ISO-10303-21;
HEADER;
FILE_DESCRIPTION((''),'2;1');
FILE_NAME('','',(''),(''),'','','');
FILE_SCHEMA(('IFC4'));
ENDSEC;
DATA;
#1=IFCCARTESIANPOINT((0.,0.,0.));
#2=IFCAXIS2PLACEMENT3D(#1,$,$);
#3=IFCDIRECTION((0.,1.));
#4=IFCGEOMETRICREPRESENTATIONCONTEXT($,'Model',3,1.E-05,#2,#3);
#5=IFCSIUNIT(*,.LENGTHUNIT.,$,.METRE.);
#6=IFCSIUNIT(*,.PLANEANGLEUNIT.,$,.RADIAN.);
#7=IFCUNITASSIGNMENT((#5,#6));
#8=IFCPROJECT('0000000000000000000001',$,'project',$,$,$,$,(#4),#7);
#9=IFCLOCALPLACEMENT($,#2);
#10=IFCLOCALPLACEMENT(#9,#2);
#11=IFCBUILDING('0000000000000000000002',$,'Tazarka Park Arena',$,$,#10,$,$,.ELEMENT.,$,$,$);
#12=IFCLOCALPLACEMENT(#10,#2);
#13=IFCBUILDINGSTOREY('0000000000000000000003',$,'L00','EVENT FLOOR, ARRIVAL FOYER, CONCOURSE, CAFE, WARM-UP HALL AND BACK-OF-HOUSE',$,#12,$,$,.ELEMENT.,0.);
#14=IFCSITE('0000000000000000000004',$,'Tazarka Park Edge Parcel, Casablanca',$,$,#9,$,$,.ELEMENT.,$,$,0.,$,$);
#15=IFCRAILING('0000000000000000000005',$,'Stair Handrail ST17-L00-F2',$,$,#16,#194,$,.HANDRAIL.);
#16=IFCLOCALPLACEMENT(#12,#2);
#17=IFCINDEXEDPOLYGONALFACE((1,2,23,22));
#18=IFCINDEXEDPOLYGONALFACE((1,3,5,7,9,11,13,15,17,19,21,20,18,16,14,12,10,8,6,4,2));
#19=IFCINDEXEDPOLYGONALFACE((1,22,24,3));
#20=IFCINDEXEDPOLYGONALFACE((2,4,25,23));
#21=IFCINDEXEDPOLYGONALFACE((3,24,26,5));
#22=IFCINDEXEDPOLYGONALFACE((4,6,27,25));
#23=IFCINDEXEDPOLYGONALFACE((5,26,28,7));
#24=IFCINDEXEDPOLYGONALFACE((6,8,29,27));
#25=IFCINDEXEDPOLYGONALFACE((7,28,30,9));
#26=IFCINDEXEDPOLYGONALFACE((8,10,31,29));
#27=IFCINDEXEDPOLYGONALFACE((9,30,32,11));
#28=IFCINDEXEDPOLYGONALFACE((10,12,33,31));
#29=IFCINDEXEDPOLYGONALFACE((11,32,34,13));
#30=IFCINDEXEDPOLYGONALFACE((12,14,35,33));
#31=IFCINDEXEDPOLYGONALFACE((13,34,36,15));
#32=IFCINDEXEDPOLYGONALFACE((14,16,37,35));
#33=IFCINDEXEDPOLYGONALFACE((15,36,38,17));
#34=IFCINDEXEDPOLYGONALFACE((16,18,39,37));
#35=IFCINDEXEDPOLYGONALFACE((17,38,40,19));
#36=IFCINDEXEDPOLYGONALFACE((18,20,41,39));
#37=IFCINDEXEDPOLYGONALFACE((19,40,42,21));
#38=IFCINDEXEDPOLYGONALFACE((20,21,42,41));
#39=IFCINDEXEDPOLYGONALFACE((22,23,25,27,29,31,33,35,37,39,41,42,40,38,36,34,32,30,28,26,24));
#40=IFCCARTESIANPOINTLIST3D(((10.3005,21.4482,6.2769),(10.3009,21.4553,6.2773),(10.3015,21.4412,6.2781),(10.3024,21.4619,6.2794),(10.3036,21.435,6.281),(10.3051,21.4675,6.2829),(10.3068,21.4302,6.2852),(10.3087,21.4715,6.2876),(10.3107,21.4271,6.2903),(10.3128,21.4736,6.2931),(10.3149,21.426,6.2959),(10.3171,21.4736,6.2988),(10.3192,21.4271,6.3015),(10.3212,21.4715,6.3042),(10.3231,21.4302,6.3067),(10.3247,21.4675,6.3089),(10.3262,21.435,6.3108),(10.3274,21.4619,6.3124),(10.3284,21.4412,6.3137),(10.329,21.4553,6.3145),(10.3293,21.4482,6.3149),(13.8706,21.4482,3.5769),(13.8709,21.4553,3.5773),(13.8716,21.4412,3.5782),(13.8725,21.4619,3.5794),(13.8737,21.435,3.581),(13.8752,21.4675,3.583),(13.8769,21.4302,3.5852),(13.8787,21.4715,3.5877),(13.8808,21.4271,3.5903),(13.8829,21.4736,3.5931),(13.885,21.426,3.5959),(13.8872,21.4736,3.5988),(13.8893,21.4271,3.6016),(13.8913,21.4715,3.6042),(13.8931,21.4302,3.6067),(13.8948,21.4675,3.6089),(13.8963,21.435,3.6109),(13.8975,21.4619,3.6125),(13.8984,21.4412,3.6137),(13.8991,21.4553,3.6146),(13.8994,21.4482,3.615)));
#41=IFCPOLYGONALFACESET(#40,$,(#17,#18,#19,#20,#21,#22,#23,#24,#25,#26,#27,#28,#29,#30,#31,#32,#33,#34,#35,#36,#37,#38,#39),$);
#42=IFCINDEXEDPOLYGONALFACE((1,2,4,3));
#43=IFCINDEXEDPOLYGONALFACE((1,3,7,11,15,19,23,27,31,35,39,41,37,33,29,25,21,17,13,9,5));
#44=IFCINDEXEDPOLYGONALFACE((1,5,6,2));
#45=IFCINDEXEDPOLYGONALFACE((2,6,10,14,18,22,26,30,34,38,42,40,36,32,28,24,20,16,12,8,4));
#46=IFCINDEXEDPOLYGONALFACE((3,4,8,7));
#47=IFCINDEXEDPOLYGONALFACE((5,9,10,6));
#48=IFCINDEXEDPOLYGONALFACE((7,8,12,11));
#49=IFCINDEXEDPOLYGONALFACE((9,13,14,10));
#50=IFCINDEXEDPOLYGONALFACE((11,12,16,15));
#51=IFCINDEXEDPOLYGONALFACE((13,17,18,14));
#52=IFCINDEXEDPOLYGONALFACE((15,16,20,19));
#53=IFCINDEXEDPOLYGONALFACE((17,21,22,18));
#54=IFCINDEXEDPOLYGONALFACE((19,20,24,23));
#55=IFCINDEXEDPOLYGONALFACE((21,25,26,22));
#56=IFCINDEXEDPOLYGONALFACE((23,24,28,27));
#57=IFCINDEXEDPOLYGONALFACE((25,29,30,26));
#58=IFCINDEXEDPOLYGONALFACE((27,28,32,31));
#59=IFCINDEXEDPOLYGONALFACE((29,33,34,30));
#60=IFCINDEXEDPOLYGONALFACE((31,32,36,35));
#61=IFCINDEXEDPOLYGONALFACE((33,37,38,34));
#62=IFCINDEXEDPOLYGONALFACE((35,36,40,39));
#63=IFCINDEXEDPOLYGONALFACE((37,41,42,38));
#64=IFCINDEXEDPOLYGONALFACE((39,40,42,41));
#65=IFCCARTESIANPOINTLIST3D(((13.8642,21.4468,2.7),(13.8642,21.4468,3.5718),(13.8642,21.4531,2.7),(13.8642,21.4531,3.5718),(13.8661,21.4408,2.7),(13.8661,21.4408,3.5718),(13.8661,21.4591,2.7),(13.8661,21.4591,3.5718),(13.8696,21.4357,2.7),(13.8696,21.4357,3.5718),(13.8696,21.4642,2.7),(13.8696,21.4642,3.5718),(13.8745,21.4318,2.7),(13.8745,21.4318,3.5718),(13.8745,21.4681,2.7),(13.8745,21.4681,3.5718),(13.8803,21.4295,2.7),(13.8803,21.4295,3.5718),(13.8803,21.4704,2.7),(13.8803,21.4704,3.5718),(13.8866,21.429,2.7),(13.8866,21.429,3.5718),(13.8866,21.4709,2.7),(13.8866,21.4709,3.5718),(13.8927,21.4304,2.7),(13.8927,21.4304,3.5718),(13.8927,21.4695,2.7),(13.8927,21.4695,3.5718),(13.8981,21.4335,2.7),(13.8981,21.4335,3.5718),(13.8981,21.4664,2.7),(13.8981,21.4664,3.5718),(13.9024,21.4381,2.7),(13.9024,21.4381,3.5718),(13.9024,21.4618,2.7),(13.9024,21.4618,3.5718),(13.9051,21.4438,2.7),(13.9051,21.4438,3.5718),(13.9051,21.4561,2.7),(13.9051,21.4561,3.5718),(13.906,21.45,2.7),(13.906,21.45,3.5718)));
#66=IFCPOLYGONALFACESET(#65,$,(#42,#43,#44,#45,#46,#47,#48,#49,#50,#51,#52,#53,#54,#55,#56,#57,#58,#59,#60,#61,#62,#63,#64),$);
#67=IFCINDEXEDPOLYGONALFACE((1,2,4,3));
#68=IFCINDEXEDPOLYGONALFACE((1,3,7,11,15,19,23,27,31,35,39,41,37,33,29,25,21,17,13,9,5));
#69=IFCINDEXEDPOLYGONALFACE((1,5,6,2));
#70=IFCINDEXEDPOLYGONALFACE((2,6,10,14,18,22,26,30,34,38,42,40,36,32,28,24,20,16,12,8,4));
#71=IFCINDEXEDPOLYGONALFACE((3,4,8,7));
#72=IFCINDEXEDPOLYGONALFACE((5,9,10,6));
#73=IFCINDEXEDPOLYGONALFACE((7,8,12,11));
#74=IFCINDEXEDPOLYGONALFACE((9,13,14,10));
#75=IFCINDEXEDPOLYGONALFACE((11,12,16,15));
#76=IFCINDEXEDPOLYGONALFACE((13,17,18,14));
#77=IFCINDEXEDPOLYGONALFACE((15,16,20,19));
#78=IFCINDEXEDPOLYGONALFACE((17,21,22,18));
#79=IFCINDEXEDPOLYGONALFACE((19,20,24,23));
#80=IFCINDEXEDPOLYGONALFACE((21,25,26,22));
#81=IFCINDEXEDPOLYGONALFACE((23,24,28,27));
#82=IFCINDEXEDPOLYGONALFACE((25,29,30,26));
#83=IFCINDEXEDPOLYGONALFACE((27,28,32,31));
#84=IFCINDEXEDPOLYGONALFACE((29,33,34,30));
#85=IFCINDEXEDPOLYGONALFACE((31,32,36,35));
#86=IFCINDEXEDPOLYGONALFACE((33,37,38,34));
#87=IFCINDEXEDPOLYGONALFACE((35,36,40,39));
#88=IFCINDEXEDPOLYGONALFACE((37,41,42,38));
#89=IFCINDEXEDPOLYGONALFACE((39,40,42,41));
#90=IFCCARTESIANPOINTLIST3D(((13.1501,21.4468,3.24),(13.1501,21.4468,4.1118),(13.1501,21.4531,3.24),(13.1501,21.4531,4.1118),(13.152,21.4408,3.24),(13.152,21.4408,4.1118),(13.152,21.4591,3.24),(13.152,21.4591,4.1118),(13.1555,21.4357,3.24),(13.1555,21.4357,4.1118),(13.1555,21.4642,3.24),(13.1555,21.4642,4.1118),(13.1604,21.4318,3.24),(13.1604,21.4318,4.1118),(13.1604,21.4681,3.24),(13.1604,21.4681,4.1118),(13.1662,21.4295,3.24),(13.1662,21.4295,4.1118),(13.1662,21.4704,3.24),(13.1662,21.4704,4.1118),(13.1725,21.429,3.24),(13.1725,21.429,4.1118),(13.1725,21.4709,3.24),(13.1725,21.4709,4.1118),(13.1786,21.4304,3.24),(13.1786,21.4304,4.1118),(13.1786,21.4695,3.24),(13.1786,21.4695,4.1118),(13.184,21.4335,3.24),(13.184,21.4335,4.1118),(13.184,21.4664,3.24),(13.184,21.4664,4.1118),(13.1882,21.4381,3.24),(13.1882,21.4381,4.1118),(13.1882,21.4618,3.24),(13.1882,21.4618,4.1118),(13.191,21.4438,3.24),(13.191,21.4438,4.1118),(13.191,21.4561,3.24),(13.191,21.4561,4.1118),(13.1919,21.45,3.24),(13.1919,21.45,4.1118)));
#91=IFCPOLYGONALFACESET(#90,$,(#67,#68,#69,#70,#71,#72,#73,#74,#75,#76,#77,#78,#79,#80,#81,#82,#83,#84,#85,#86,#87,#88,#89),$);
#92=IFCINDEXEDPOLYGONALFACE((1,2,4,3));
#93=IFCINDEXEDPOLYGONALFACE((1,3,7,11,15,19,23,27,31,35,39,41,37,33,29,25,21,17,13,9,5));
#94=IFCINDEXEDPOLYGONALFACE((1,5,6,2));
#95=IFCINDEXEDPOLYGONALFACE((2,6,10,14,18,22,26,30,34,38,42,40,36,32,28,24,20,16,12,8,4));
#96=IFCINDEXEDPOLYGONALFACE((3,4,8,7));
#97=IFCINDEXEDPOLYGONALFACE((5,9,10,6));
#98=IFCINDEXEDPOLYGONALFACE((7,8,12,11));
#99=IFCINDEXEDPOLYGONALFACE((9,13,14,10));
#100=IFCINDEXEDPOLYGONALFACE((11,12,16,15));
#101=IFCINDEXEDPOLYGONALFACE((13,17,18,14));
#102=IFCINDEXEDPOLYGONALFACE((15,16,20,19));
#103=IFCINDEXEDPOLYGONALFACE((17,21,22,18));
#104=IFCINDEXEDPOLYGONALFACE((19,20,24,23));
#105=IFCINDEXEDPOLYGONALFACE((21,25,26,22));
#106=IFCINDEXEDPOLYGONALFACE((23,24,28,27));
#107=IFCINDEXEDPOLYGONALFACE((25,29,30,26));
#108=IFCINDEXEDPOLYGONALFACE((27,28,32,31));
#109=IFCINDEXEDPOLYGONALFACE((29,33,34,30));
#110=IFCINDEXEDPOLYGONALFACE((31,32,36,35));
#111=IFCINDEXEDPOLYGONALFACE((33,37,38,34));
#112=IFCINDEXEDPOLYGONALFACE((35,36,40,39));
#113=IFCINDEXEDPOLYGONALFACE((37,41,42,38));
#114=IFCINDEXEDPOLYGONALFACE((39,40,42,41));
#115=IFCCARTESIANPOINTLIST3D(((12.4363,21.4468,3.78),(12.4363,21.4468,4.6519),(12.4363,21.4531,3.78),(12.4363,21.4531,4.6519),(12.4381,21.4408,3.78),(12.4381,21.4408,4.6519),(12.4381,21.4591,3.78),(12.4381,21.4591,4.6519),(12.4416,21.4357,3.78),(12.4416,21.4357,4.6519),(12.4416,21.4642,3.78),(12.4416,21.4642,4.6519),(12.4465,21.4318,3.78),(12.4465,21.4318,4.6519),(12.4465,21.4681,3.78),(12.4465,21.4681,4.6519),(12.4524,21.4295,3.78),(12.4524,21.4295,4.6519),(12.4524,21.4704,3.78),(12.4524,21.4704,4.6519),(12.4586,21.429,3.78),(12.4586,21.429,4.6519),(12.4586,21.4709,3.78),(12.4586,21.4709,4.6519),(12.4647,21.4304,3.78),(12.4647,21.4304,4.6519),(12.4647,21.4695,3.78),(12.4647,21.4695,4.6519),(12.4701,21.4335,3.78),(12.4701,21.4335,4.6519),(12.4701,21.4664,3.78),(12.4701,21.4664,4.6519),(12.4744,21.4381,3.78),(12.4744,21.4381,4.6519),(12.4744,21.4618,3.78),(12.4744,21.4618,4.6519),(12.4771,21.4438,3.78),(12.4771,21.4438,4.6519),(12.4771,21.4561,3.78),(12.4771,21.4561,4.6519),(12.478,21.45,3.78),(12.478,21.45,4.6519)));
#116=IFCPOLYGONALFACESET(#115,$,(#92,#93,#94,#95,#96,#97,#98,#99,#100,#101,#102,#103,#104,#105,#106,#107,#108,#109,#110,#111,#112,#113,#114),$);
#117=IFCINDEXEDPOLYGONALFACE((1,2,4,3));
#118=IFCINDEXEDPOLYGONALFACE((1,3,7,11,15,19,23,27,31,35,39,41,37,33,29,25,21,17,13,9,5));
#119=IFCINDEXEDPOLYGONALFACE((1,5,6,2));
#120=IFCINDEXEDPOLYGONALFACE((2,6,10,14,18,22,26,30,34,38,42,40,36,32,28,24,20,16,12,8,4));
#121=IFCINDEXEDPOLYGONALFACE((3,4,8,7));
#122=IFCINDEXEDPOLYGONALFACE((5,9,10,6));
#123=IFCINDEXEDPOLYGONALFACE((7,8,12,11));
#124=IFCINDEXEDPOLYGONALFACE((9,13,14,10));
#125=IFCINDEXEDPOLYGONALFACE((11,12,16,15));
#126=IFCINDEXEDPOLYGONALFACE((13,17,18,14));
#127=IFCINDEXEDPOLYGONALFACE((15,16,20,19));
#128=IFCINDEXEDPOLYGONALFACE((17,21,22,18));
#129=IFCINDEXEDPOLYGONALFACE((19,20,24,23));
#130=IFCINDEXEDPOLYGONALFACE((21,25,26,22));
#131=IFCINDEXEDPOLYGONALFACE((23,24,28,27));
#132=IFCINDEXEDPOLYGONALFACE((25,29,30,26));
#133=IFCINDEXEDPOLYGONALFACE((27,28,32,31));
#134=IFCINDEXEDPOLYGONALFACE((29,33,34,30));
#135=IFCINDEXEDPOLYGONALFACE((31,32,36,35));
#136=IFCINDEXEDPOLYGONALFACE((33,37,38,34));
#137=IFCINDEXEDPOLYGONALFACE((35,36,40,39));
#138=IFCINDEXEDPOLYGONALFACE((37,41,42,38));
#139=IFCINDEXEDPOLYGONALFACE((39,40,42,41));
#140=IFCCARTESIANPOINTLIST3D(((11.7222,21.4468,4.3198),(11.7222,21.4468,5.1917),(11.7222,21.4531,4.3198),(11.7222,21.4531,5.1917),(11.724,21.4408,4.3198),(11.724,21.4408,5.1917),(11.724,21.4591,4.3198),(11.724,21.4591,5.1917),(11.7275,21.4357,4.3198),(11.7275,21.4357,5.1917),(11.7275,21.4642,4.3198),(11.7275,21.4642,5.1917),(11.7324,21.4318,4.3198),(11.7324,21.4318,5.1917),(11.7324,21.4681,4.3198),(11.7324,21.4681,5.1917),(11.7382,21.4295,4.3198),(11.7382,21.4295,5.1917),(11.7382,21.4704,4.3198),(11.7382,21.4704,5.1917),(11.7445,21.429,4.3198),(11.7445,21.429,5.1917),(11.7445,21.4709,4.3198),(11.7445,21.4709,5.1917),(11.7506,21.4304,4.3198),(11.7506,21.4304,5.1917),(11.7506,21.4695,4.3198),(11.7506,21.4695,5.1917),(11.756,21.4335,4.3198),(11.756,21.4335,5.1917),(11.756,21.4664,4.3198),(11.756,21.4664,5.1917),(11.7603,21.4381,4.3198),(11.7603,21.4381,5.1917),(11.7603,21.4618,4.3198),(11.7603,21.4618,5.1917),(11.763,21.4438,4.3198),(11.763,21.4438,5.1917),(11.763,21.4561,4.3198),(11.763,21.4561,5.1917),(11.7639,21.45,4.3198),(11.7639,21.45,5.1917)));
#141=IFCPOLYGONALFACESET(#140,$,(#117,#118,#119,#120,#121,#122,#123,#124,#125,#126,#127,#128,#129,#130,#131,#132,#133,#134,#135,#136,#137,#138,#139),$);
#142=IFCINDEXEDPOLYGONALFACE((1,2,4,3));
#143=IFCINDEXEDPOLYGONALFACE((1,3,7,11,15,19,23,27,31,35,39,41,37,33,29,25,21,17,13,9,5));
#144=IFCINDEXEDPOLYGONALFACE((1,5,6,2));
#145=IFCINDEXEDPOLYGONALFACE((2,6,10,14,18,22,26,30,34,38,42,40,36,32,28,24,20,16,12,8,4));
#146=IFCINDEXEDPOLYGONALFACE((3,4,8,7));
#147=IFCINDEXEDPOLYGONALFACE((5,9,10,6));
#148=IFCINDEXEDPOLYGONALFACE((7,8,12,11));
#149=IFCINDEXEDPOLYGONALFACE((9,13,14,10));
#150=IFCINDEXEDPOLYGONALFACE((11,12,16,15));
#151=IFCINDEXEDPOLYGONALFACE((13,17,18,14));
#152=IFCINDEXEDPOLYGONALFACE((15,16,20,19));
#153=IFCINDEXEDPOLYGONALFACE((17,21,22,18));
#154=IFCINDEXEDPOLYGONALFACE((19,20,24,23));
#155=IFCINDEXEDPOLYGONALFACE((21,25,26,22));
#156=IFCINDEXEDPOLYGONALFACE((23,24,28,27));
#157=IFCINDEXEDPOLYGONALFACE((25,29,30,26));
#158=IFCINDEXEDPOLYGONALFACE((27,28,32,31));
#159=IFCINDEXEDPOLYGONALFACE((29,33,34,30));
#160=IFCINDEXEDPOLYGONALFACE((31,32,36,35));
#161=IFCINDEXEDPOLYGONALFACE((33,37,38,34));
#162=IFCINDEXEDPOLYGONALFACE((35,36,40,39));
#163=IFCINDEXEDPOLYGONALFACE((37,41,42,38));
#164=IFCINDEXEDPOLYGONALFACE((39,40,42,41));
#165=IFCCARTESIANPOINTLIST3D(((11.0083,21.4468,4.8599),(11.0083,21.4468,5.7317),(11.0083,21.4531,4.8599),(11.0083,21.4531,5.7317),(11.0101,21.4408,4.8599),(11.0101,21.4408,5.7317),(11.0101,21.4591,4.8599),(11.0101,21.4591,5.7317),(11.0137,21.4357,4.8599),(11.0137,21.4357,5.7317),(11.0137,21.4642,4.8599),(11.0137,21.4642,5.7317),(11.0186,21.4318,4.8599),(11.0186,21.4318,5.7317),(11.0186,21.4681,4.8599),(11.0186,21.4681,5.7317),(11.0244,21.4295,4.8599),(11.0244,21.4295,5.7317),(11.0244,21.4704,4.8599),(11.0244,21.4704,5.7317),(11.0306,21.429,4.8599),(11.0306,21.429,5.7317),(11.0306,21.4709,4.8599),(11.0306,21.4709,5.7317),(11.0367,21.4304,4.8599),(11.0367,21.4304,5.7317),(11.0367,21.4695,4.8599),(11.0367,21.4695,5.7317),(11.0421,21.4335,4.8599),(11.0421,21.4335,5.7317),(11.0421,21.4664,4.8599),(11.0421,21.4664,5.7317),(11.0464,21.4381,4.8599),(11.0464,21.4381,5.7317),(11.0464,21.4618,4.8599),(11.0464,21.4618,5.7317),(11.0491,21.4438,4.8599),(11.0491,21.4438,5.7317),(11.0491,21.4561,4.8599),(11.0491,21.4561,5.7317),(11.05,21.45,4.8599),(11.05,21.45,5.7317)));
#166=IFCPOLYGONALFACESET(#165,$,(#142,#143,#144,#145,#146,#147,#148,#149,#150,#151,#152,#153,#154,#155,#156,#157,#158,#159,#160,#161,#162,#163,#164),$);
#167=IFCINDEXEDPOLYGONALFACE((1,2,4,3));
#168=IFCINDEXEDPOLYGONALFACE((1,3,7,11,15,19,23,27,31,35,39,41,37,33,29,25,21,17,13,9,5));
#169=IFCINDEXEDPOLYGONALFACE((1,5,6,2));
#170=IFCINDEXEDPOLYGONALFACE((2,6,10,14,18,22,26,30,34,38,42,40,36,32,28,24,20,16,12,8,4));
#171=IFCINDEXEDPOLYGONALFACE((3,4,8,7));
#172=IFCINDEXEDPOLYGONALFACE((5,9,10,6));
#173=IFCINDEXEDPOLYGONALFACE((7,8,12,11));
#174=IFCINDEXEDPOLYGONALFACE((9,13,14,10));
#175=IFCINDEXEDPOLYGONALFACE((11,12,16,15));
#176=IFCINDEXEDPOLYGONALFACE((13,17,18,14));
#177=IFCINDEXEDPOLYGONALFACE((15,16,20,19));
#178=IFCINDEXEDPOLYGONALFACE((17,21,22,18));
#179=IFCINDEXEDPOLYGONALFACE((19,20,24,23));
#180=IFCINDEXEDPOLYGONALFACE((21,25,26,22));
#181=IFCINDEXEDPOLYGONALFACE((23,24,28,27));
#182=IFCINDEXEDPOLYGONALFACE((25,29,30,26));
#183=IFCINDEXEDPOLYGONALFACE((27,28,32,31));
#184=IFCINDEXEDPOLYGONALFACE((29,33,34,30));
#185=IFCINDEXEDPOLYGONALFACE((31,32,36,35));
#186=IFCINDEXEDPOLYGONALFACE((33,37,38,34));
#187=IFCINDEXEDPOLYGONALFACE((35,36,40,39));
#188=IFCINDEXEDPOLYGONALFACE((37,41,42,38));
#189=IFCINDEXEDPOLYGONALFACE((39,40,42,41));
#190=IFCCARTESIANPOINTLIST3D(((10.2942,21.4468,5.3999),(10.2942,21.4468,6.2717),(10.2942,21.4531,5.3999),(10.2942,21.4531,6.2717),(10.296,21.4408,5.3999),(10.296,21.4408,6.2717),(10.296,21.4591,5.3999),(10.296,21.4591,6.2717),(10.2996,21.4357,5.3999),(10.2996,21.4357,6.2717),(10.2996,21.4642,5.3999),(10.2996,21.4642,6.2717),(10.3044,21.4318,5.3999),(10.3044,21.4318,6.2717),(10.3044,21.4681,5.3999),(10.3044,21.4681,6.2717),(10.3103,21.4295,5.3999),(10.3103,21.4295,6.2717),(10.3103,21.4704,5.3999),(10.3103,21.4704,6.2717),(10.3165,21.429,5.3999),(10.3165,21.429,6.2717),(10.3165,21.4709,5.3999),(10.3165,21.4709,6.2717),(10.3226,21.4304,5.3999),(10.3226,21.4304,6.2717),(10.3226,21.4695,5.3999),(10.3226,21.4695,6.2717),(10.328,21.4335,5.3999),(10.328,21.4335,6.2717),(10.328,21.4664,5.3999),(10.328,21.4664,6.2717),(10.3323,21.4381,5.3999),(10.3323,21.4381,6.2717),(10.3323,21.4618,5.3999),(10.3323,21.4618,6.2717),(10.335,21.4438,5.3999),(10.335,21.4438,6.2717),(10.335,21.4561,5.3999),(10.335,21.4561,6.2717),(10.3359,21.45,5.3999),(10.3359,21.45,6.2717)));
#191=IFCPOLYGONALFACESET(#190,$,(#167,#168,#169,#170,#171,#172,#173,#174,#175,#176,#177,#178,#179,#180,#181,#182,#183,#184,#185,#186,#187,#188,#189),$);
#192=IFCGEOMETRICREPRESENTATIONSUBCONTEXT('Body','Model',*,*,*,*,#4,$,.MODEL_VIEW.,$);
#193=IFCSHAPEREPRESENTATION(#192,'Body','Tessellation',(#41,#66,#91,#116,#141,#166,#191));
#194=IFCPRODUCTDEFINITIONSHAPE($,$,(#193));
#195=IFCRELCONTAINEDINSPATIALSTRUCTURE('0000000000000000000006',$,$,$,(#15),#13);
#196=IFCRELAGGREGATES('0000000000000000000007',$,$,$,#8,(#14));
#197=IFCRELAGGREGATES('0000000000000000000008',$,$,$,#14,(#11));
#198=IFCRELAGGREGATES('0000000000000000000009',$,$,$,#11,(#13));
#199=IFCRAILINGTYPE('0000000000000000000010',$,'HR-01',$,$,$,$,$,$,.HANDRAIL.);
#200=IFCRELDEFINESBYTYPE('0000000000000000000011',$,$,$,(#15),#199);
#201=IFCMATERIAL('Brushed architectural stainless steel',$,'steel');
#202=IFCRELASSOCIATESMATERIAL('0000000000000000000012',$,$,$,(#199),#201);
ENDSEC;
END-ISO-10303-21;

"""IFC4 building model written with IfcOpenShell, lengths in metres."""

from ifc_helpers import new_model, si_unit, direction, frame, origin, origin_2d, place, context, subcontext, project, spatial, circle, extrude, material, type_object, element, save


model = new_model("IFC4")

# Units and contexts
model_context = context("Model", 3, precision=1e-05, world=origin(), true_north=direction((0.0, 1.0)))
body_context = subcontext(model_context, "Body", "Model", "MODEL_VIEW")
ifc_project = project(units=[si_unit("LENGTHUNIT", "METRE"), si_unit("PLANEANGLEUNIT", "RADIAN")], contexts=[model_context])

# Site, building, storey
site_placement = place(None, origin())
site = spatial("IfcSite", under=ifc_project, at=site_placement, Name="Tazarka Park Edge Parcel, Casablanca", CompositionType="ELEMENT", RefElevation=0.0)
building_placement = place(site_placement, origin())
building = spatial("IfcBuilding", under=site, at=building_placement, Name="Tazarka Park Arena", CompositionType="ELEMENT")
storey_placement = place(building_placement, origin())
storey = spatial("IfcBuildingStorey", under=building, at=storey_placement, Name="L00", Description="EVENT FLOOR, ARRIVAL FOYER, CONCOURSE, CAFE, WARM-UP HALL AND BACK-OF-HOUSE", CompositionType="ELEMENT", Elevation=0.0)

# Railing
ifc_material_1 = material(Name="Brushed architectural stainless steel", Category="steel")
railing_type_1 = type_object("IfcRailingType", Name="HR-01", PredefinedType="HANDRAIL", material=ifc_material_1)
railing_1_placement = place(storey_placement, frame((13.885, 21.45, 2.7)))
element("IfcRailing", 1, at=railing_1_placement, inside=storey, type_object=railing_type_1, Name="Stair Handrail ST17-L00-F2", PredefinedType="HANDRAIL", context=body_context, shape_type="SweptSolid", body=[
    extrude(circle(Radius=0.0239, at=origin_2d()), frame((0.0, 0.0, 0.896), z_axis=(-0.797591, 0.0, 0.603198), x_axis=(0.0, -1.0, 0.0)), (0.0, 0.0, 1.0), 4.4761),
    extrude(circle(Radius=0.021, at=origin_2d()), origin(), (0.0, 0.0, 1.0), 0.8718),
    extrude(circle(Radius=0.021, at=origin_2d()), frame((-0.7141, 0.0, 0.54)), (0.0, 0.0, 1.0), 0.8718),
    extrude(circle(Radius=0.021, at=origin_2d()), frame((-1.428, 0.0, 1.0801)), (0.0, 0.0, 1.0), 0.8718),
    extrude(circle(Radius=0.021, at=origin_2d()), frame((-2.1421, 0.0, 1.6199)), (0.0, 0.0, 1.0), 0.8718),
    extrude(circle(Radius=0.021, at=origin_2d()), frame((-2.856, 0.0, 2.1599)), (0.0, 0.0, 1.0), 0.8718),
    extrude(circle(Radius=0.021, at=origin_2d()), frame((-3.5701, 0.0, 2.7)), (0.0, 0.0, 1.0), 0.8718),
])

save(model, "model.ifc")
